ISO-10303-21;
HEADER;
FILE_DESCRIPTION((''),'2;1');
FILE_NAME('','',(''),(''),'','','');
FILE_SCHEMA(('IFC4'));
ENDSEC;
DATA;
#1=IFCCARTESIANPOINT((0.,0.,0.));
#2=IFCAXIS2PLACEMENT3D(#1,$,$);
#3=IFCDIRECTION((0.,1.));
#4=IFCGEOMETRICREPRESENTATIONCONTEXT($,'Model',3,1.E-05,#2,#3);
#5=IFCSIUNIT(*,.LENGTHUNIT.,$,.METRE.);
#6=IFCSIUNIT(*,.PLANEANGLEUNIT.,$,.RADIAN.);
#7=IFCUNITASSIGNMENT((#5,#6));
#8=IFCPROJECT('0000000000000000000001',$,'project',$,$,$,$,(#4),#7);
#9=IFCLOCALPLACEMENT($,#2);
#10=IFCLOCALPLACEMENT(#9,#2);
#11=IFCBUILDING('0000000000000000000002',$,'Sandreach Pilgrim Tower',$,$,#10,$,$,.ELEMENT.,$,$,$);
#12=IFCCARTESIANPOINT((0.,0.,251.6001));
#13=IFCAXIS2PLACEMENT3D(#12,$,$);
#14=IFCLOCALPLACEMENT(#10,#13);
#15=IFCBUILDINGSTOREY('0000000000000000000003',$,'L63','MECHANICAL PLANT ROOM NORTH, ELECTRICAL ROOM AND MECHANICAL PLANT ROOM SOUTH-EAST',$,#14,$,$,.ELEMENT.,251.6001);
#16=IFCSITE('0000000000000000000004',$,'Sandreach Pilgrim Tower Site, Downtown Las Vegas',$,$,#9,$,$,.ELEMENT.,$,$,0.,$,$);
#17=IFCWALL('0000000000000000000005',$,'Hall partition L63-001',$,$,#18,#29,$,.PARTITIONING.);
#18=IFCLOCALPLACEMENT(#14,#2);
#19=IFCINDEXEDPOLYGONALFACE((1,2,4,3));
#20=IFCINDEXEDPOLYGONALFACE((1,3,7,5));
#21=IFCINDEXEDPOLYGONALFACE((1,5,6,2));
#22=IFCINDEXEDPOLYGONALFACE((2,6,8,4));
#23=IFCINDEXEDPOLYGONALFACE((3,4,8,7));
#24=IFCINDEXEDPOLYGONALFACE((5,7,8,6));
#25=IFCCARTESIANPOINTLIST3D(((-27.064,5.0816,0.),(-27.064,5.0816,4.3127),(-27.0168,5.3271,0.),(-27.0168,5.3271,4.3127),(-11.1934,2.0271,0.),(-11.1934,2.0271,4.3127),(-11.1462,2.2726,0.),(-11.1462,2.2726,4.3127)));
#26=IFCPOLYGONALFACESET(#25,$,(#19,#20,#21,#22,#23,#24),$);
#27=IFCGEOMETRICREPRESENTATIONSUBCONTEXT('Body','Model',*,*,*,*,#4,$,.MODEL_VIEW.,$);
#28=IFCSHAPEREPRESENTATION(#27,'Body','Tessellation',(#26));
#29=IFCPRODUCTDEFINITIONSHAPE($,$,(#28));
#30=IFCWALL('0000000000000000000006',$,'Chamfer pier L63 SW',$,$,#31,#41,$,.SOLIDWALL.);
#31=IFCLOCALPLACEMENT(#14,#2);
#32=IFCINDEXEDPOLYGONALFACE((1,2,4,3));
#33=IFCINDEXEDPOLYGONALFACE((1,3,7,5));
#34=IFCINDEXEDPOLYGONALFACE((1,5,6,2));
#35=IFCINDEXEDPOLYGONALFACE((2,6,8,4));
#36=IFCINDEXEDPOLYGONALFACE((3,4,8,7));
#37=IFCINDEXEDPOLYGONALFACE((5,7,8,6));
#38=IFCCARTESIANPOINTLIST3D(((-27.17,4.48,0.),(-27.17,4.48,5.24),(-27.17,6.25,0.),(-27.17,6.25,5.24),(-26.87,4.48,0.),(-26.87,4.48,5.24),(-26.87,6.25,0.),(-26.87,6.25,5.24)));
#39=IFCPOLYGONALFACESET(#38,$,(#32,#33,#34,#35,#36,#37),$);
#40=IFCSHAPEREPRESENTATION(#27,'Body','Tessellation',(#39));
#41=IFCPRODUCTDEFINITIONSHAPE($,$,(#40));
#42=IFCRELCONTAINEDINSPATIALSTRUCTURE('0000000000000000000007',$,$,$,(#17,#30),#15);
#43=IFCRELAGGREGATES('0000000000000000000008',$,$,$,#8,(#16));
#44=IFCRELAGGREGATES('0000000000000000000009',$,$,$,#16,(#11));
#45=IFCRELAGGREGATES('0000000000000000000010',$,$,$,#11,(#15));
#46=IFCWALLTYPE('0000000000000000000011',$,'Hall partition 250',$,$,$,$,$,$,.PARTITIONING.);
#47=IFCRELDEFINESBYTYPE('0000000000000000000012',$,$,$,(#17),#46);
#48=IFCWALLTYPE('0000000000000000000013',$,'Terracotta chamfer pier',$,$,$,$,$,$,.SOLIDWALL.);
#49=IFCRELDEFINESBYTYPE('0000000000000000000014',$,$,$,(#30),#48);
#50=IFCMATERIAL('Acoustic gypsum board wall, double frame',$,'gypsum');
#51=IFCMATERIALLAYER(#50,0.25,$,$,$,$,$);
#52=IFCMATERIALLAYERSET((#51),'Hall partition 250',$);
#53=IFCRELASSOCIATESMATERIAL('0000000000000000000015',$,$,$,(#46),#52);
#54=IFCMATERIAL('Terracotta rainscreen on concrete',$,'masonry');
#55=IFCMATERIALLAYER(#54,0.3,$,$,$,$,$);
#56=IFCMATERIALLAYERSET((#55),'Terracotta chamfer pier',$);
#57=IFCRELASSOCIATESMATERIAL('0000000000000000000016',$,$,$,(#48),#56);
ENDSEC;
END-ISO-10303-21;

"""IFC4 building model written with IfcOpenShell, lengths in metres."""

from ifc_helpers import new_model, si_unit, direction, frame, frame_2d, origin, place, context, subcontext, project, spatial, rectangle, extrude, material, layer, layer_set, type_object, element, save


model = new_model("IFC4")

# Units and contexts
model_context = context("Model", 3, precision=1e-05, world=origin(), true_north=direction((0.0, 1.0)))
body_context = subcontext(model_context, "Body", "Model", "MODEL_VIEW")
ifc_project = project(units=[si_unit("LENGTHUNIT", "METRE"), si_unit("PLANEANGLEUNIT", "RADIAN")], contexts=[model_context])

# Site, building, storey
site_placement = place(None, origin())
site = spatial("IfcSite", under=ifc_project, at=site_placement, Name="Sandreach Pilgrim Tower Site, Downtown Las Vegas", CompositionType="ELEMENT", RefElevation=0.0)
building_placement = place(site_placement, origin())
building = spatial("IfcBuilding", under=site, at=building_placement, Name="Sandreach Pilgrim Tower", CompositionType="ELEMENT")
storey_placement = place(building_placement, frame((0.0, 0.0, 251.6001)))
storey = spatial("IfcBuildingStorey", under=building, at=storey_placement, Name="L63", Description="MECHANICAL PLANT ROOM NORTH, ELECTRICAL ROOM AND MECHANICAL PLANT ROOM SOUTH-EAST", CompositionType="ELEMENT", Elevation=251.6001)

# Walls
ifc_material_1 = material(Name="Acoustic gypsum board wall, double frame", Category="gypsum")
ifc_layer_1 = layer(ifc_material_1, 0.25)
ifc_layer_set_1 = layer_set([ifc_layer_1], Name="Hall partition 250")
wall_type_1 = type_object("IfcWallType", Name="Hall partition 250", PredefinedType="PARTITIONING", material=ifc_layer_set_1)
wall_1_placement = place(storey_placement, frame((-27.0405, 5.2043, 0.0), z_axis=(0.0, 0.0, 1.0), x_axis=(0.981979, -0.188991, 0.0)))
element("IfcWall", 1, at=wall_1_placement, inside=storey, type_object=wall_type_1, Name="Hall partition L63-001", PredefinedType="PARTITIONING", context=body_context, shape_type="SweptSolid", body=[
    extrude(rectangle(XDim=16.1619, YDim=0.25, at=frame_2d((8.0811, 0.0))), origin(), (0.0, 0.0, 1.0), 4.3127),
])
ifc_material_2 = material(Name="Terracotta rainscreen on concrete", Category="masonry")
ifc_layer_2 = layer(ifc_material_2, 0.3)
ifc_layer_set_2 = layer_set([ifc_layer_2], Name="Terracotta chamfer pier")
wall_type_2 = type_object("IfcWallType", Name="Terracotta chamfer pier", PredefinedType="SOLIDWALL", material=ifc_layer_set_2)
wall_2_placement = place(storey_placement, frame((-27.02, 4.48, 0.0), z_axis=(0.0, 0.0, 1.0), x_axis=(0.0, 1.0, 0.0)))
element("IfcWall", 2, at=wall_2_placement, inside=storey, type_object=wall_type_2, Name="Chamfer pier L63 SW", PredefinedType="SOLIDWALL", context=body_context, shape_type="SweptSolid", body=[
    extrude(rectangle(XDim=1.77, YDim=0.3, at=frame_2d((0.885, 0.0))), origin(), (0.0, 0.0, 1.0), 5.24),
])

save(model, "model.ifc")
